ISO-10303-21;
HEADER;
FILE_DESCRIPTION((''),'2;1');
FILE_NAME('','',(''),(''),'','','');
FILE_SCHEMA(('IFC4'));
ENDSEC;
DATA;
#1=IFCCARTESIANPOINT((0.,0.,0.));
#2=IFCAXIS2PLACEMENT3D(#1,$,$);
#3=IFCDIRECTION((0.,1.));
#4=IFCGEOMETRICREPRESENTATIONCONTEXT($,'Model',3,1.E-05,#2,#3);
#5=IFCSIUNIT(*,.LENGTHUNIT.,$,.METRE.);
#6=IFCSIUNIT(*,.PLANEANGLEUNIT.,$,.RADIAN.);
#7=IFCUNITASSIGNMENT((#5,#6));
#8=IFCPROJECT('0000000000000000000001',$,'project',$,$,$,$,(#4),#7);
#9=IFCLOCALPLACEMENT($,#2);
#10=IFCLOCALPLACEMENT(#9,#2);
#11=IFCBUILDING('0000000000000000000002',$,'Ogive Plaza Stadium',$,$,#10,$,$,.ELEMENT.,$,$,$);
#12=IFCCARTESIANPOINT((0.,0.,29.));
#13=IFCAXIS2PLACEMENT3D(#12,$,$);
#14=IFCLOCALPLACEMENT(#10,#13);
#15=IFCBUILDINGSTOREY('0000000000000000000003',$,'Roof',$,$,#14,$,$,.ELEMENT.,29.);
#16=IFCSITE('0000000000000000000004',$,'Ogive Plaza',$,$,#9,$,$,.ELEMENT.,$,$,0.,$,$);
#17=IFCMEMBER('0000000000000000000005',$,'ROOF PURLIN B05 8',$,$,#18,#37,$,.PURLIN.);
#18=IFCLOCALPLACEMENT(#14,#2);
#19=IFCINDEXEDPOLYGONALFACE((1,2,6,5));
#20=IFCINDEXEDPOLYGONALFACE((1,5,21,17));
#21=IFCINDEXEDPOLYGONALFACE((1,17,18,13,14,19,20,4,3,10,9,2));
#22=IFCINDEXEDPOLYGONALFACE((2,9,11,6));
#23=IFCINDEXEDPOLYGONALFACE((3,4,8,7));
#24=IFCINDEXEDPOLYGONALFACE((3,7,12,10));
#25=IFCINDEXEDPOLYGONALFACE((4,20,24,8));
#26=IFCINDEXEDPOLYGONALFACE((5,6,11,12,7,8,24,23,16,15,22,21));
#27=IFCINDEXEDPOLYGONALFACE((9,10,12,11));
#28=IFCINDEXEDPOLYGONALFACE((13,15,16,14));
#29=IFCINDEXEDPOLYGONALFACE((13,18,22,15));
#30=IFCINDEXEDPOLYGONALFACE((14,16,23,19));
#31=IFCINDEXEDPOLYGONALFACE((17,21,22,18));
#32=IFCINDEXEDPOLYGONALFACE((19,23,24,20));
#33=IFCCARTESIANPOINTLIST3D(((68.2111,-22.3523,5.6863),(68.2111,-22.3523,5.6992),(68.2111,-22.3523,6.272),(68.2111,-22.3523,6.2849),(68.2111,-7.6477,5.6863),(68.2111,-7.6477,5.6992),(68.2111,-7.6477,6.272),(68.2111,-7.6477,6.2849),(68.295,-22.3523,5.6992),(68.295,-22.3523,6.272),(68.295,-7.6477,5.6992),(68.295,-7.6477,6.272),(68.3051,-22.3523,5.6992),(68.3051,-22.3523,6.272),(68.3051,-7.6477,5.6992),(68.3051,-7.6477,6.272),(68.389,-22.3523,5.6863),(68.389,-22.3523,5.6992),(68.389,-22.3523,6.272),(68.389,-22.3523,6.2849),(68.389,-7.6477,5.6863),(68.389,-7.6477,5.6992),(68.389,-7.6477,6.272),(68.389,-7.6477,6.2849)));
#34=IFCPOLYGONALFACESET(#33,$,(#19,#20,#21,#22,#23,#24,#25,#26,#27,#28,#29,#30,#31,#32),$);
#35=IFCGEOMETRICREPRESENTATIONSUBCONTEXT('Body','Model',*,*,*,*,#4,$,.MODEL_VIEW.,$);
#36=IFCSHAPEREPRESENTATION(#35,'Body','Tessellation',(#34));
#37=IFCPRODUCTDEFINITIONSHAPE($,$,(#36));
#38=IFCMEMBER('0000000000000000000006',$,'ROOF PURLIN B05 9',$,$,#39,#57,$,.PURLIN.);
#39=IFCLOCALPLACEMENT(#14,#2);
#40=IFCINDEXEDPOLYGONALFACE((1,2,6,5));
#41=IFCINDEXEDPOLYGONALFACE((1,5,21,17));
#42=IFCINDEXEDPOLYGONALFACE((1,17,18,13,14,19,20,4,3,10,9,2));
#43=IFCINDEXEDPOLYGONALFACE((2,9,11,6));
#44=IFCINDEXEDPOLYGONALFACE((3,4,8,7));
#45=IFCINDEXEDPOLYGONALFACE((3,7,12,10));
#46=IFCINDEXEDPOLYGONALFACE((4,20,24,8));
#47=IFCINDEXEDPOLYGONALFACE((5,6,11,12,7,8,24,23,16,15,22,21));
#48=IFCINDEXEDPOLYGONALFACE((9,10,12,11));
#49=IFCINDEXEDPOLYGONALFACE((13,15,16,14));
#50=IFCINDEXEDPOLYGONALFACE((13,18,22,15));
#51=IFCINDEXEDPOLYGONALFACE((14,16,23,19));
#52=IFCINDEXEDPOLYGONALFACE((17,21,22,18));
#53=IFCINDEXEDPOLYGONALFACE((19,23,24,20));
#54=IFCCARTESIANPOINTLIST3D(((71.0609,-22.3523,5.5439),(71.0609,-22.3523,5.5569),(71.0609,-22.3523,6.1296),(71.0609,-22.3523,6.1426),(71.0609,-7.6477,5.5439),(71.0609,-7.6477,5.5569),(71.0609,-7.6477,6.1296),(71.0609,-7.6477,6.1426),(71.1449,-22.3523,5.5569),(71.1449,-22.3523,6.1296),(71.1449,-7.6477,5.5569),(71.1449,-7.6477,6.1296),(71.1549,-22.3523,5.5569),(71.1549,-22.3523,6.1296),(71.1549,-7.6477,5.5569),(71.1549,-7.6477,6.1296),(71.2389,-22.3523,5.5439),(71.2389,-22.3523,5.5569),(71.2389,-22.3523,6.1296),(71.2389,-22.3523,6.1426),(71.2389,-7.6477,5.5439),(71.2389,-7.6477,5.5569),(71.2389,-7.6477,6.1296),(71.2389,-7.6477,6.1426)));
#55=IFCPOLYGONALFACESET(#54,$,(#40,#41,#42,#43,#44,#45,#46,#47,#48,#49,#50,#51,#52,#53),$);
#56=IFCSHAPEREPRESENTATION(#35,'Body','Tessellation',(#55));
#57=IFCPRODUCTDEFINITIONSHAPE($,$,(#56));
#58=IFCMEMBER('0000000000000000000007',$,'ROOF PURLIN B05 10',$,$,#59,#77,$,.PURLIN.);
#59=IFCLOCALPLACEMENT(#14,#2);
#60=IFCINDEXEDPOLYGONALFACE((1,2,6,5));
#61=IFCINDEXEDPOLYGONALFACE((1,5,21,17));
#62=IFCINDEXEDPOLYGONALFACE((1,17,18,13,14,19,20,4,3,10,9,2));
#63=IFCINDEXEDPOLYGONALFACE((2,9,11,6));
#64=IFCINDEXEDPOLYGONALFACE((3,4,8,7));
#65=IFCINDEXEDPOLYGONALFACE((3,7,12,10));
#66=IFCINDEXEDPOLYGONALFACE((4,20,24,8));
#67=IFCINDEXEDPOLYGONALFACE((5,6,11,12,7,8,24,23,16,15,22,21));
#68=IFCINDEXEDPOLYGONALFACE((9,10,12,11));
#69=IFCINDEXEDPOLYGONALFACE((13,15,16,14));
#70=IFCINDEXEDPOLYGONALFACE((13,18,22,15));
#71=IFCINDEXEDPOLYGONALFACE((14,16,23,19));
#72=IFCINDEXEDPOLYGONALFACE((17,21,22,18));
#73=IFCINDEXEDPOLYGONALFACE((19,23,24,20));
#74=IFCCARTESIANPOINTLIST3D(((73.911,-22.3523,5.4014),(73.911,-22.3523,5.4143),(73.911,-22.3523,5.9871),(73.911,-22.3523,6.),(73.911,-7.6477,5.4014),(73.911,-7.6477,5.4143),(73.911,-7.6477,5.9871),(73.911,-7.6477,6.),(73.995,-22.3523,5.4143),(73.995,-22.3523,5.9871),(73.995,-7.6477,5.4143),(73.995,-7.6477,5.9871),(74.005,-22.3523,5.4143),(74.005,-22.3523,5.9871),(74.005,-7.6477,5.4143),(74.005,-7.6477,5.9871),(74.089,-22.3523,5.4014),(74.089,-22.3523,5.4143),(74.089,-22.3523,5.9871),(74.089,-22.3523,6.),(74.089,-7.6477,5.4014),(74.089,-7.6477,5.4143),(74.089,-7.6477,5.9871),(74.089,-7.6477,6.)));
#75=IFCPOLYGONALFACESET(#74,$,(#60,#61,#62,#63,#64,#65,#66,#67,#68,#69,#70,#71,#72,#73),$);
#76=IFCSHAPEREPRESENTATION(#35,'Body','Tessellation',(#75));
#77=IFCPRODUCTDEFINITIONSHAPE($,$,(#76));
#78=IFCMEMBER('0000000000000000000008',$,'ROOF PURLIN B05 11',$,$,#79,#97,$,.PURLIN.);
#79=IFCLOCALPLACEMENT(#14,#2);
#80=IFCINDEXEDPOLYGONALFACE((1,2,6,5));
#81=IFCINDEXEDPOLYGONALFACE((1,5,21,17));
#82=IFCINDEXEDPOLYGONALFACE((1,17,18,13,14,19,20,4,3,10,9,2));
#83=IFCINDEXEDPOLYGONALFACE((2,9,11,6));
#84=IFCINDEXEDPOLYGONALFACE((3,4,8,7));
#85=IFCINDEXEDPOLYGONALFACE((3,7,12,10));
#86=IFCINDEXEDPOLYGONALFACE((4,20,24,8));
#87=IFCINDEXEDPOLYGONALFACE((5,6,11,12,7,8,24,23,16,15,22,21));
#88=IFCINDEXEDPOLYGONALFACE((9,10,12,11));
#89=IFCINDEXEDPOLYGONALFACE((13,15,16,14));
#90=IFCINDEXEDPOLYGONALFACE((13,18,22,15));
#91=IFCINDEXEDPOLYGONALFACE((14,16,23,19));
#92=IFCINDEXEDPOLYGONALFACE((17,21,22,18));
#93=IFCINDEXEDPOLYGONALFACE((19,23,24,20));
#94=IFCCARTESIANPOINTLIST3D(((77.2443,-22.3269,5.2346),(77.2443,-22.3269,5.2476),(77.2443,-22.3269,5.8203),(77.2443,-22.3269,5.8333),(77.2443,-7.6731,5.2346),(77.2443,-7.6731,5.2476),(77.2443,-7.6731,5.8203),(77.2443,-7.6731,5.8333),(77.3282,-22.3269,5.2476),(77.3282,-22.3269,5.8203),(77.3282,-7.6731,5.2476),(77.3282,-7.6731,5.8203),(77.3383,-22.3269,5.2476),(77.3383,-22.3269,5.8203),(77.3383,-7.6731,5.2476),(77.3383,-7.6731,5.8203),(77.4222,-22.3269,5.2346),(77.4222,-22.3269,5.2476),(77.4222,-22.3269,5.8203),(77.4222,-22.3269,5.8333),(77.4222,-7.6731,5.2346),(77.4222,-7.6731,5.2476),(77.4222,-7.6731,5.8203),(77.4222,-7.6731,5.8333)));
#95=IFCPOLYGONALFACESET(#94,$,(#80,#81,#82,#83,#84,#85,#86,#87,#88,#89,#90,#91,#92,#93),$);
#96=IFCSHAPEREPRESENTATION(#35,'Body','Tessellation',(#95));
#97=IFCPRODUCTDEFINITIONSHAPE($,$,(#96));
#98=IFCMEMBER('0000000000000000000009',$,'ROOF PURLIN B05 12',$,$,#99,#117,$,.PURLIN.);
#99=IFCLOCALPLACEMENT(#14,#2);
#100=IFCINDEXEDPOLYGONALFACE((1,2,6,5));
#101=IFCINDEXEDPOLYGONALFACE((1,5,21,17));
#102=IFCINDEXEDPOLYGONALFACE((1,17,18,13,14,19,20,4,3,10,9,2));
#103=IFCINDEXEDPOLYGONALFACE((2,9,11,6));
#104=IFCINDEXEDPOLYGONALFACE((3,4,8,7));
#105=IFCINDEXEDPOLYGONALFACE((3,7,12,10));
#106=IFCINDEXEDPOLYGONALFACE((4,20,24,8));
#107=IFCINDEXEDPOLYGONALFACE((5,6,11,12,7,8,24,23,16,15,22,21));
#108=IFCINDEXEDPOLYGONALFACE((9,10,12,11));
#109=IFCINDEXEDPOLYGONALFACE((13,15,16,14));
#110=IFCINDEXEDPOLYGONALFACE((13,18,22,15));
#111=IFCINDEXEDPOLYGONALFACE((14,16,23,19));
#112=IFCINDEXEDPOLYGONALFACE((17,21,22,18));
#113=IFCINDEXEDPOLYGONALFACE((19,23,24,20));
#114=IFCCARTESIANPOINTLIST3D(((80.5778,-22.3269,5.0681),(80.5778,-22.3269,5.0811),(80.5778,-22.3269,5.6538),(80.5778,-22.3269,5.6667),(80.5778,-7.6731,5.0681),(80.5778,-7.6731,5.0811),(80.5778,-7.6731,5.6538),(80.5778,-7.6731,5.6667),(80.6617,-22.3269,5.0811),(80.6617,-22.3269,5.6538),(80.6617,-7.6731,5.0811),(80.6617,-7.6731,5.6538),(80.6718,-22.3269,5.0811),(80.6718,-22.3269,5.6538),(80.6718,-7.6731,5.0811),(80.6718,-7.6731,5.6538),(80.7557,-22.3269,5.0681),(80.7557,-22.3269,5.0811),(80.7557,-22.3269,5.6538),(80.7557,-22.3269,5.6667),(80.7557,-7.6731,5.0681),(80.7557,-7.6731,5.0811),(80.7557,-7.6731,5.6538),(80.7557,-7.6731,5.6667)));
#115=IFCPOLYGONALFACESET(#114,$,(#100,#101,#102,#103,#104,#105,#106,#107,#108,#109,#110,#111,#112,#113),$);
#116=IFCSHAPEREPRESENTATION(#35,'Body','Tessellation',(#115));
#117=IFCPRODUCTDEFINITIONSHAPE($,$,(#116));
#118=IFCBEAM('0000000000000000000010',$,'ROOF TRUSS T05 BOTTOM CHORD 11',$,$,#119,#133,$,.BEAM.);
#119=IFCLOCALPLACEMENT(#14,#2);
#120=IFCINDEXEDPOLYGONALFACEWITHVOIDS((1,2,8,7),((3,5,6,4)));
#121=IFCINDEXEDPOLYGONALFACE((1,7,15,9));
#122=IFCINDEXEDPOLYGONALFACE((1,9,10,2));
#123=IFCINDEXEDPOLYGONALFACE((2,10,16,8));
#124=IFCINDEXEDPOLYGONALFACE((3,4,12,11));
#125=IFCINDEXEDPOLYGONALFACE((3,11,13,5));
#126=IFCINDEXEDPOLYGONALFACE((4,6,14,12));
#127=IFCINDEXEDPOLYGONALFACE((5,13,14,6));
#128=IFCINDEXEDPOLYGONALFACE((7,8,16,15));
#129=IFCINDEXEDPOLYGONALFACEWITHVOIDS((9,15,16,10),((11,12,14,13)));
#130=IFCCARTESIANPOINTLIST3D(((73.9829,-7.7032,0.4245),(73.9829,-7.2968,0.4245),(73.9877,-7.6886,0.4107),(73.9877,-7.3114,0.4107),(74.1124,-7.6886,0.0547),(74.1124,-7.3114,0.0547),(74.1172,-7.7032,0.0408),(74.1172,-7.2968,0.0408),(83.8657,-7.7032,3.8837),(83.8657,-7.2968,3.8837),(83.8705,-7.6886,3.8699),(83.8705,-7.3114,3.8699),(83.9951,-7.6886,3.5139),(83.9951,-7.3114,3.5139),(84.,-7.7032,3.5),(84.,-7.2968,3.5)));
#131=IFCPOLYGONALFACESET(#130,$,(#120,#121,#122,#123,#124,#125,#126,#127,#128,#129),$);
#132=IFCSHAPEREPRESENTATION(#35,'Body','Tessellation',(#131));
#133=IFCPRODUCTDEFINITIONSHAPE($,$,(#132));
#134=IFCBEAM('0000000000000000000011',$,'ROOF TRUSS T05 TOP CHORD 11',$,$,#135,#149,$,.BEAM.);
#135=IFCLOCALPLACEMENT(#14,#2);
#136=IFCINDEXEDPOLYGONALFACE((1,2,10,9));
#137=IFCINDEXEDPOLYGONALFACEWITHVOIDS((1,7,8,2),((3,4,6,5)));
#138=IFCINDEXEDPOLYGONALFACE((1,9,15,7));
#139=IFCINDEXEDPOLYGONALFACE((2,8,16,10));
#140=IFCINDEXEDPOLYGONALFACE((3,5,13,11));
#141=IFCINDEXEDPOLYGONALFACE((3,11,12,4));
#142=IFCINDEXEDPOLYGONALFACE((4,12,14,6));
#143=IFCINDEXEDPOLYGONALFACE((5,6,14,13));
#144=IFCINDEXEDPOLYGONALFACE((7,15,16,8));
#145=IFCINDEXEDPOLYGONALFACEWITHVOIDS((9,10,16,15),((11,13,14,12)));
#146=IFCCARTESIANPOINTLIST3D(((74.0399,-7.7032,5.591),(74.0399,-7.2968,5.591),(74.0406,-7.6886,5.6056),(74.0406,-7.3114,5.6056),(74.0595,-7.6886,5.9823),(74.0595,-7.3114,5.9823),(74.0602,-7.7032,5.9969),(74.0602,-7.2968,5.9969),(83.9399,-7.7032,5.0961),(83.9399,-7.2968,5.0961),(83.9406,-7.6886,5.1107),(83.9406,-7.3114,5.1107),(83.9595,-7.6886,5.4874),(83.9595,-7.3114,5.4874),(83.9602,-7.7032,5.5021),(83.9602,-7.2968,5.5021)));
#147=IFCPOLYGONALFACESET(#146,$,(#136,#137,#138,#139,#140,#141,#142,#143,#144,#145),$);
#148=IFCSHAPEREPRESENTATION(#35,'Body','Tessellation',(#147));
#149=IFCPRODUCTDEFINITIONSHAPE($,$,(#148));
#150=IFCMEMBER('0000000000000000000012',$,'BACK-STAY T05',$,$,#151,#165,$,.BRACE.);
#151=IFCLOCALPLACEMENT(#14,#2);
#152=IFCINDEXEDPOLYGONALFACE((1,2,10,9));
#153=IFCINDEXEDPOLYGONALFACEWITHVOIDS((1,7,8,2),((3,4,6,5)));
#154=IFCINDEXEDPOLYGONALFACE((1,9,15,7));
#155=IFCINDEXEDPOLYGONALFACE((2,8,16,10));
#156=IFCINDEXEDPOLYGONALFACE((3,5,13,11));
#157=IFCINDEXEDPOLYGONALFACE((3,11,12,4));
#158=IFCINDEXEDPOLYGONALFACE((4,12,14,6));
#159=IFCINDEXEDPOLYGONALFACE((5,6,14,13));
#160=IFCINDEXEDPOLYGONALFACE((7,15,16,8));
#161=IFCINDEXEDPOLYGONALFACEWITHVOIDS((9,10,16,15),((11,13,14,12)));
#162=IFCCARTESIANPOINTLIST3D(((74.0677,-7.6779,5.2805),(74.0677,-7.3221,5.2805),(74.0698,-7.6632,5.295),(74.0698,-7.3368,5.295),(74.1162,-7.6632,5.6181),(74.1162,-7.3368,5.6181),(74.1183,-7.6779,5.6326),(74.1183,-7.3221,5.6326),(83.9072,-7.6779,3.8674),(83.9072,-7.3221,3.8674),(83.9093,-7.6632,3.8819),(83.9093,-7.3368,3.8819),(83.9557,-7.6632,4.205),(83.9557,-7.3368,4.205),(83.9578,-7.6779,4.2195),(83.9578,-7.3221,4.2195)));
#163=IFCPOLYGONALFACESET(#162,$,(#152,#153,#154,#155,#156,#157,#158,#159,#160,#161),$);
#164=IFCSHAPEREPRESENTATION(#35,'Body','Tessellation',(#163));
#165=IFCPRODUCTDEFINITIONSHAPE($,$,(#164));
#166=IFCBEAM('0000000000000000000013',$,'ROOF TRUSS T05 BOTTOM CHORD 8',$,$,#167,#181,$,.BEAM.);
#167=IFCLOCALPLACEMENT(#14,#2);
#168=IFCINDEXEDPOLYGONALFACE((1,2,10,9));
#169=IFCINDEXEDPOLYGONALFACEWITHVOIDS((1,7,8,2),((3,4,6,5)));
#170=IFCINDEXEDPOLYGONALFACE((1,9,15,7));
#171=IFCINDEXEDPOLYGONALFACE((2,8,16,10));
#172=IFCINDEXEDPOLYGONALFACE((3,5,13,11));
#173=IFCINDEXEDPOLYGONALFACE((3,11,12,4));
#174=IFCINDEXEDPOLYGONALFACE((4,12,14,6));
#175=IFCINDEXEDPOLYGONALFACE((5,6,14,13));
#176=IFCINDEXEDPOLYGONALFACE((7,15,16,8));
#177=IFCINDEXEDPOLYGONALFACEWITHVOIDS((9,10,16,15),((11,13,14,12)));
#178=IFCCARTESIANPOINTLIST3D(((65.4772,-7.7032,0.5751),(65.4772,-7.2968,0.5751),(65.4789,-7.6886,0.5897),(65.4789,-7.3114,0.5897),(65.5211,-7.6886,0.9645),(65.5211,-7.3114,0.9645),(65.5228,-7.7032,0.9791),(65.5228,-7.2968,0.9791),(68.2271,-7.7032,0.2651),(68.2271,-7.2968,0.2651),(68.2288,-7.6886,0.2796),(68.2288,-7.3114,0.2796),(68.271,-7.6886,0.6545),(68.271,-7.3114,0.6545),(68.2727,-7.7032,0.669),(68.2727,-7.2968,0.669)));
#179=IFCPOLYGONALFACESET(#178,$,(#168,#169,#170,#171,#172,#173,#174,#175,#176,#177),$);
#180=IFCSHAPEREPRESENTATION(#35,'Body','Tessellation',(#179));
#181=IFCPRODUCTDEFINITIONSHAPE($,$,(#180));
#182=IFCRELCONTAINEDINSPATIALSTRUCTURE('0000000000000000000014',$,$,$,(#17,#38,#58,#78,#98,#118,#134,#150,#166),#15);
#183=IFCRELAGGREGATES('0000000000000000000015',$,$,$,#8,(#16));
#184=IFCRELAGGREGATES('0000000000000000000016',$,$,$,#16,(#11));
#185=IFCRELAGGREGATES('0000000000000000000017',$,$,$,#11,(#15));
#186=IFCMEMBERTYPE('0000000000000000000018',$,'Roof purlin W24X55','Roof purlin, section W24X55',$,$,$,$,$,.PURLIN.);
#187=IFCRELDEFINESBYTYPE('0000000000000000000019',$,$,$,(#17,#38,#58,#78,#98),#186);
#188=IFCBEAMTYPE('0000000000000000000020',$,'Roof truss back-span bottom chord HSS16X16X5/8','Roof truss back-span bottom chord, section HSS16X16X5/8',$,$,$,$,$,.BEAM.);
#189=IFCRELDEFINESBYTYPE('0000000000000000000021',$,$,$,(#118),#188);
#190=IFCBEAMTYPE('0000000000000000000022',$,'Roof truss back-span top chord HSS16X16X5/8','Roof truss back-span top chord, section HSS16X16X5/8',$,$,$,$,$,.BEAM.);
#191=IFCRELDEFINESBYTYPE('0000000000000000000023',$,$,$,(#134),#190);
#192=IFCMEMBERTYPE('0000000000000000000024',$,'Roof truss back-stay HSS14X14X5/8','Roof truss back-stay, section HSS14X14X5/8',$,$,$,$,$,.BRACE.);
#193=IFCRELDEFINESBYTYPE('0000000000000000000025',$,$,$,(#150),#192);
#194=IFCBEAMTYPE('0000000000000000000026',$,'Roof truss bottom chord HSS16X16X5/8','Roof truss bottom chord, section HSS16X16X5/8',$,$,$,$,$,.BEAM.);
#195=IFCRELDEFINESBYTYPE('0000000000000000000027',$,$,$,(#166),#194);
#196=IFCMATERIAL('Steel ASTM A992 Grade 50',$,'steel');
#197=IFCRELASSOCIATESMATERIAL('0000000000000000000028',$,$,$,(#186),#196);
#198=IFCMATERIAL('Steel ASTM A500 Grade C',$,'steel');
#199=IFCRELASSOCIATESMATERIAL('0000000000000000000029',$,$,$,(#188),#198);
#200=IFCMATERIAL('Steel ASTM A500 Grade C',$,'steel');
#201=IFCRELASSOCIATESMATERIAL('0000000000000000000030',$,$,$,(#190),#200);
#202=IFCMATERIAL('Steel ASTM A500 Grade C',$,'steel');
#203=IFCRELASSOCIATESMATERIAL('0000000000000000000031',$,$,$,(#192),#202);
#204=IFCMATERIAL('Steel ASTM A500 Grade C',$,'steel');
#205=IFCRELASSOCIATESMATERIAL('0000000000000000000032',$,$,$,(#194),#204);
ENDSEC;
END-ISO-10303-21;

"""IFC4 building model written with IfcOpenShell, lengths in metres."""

from ifc_helpers import new_model, si_unit, direction, frame, origin, origin_2d, place, context, subcontext, project, spatial, hollow_rectangle, i_section, extrude, material, material_profile, profile_set, type_object, element, save


model = new_model("IFC4")

# Units and contexts
model_context = context("Model", 3, precision=1e-05, world=origin(), true_north=direction((0.0, 1.0)))
body_context = subcontext(model_context, "Body", "Model", "MODEL_VIEW")
ifc_project = project(units=[si_unit("LENGTHUNIT", "METRE"), si_unit("PLANEANGLEUNIT", "RADIAN")], contexts=[model_context])

# Site, building, storey
site_placement = place(None, origin())
site = spatial("IfcSite", under=ifc_project, at=site_placement, Name="Ogive Plaza", CompositionType="ELEMENT", RefElevation=0.0)
building_placement = place(site_placement, origin())
building = spatial("IfcBuilding", under=site, at=building_placement, Name="Ogive Plaza Stadium", CompositionType="ELEMENT")
storey_placement = place(building_placement, frame((0.0, 0.0, 29.0)))
storey = spatial("IfcBuildingStorey", under=building, at=storey_placement, Name="Roof", CompositionType="ELEMENT", Elevation=29.0)

# Members
ifc_material_1 = material(Name="Steel ASTM A992 Grade 50", Category="steel")
ifc_material_profile_1 = material_profile(ifc_material_1, i_section(OverallWidth=0.178, OverallDepth=0.5986, WebThickness=0.01, FlangeThickness=0.0129, at=origin_2d()), Name="W24X55")
ifc_profile_set_1 = profile_set([ifc_material_profile_1], Name="Steel ASTM A992 Grade 50")
member_type_1 = type_object("IfcMemberType", Name="Roof purlin W24X55", Description="Roof purlin, section W24X55", PredefinedType="PURLIN", material=ifc_profile_set_1)
for number, where, z_axis, x_axis, name in (
    (1, (68.3, -7.6477, 5.9856), (0.0, -1.0, 0.0), (1.0, 0.0, 0.0), "ROOF PURLIN B05 8"),
    (2, (71.1499, -7.6477, 5.8433), (0.0, -1.0, 0.0), (1.0, 0.0, 0.0), "ROOF PURLIN B05 9"),
    (3, (74.0, -7.6477, 5.7007), (0.0, -1.0, 0.0), (1.0, 0.0, 0.0), "ROOF PURLIN B05 10"),
):
    element("IfcMember", number, at=place(storey_placement, frame(where, z_axis=z_axis, x_axis=x_axis)), inside=storey, type_object=member_type_1, Name=name, PredefinedType="PURLIN", context=body_context, shape_type="SweptSolid", body=[
        extrude(i_section(OverallWidth=0.178, OverallDepth=0.5986, WebThickness=0.01, FlangeThickness=0.0129, at=origin_2d()), origin(), (0.0, 0.0, 1.0), 14.7046),
    ])
for number, where, z_axis, x_axis, name in (
    (4, (77.3333, -7.6731, 5.5339), (0.0, -1.0, 0.0), (1.0, 0.0, 0.0), "ROOF PURLIN B05 11"),
    (5, (80.6667, -7.6731, 5.3674), (0.0, -1.0, 0.0), (1.0, 0.0, 0.0), "ROOF PURLIN B05 12"),
):
    element("IfcMember", number, at=place(storey_placement, frame(where, z_axis=z_axis, x_axis=x_axis)), inside=storey, type_object=member_type_1, Name=name, PredefinedType="PURLIN", context=body_context, shape_type="SweptSolid", body=[
        extrude(i_section(OverallWidth=0.178, OverallDepth=0.5986, WebThickness=0.01, FlangeThickness=0.0129, at=origin_2d()), origin(), (0.0, 0.0, 1.0), 14.6538),
    ])

# Beams
ifc_material_2 = material(Name="Steel ASTM A500 Grade C", Category="steel")
ifc_material_profile_2 = material_profile(ifc_material_2, hollow_rectangle(XDim=0.4065, YDim=0.4065, WallThickness=0.0146, at=origin_2d()), Name="HSS16X16X5/8")
ifc_profile_set_2 = profile_set([ifc_material_profile_2], Name="Steel ASTM A500 Grade C")
beam_type_1 = type_object("IfcBeamType", Name="Roof truss back-span bottom chord HSS16X16X5/8", Description="Roof truss back-span bottom chord, section HSS16X16X5/8", PredefinedType="BEAM", material=ifc_profile_set_2)
beam_1_placement = place(storey_placement, frame((74.05, -7.5, 0.2327), z_axis=(0.943851, 0.0, 0.330371), x_axis=(0.0, 1.0, 0.0)))
element("IfcBeam", 6, at=beam_1_placement, inside=storey, type_object=beam_type_1, Name="ROOF TRUSS T05 BOTTOM CHORD 11", PredefinedType="BEAM", context=body_context, shape_type="SweptSolid", body=[
    extrude(hollow_rectangle(XDim=0.4065, YDim=0.4065, WallThickness=0.0146, at=origin_2d()), origin(), (0.0, 0.0, 1.0), 10.4707),
])
ifc_material_3 = material(Name="Steel ASTM A500 Grade C", Category="steel")
ifc_material_profile_3 = material_profile(ifc_material_3, hollow_rectangle(XDim=0.4065, YDim=0.4065, WallThickness=0.0146, at=origin_2d()), Name="HSS16X16X5/8")
ifc_profile_set_3 = profile_set([ifc_material_profile_3], Name="Steel ASTM A500 Grade C")
beam_type_2 = type_object("IfcBeamType", Name="Roof truss back-span top chord HSS16X16X5/8", Description="Roof truss back-span top chord, section HSS16X16X5/8", PredefinedType="BEAM", material=ifc_profile_set_3)
beam_2_placement = place(storey_placement, frame((74.05, -7.5, 5.7939), z_axis=(0.998753, 0.0, -0.049925), x_axis=(0.0, 1.0, 0.0)))
element("IfcBeam", 7, at=beam_2_placement, inside=storey, type_object=beam_type_2, Name="ROOF TRUSS T05 TOP CHORD 11", PredefinedType="BEAM", context=body_context, shape_type="SweptSolid", body=[
    extrude(hollow_rectangle(XDim=0.4065, YDim=0.4065, WallThickness=0.0146, at=origin_2d()), origin(), (0.0, 0.0, 1.0), 9.9124),
])

# Member
ifc_material_4 = material(Name="Steel ASTM A500 Grade C", Category="steel")
ifc_material_profile_4 = material_profile(ifc_material_4, hollow_rectangle(XDim=0.3557, YDim=0.3557, WallThickness=0.0146, at=origin_2d()), Name="HSS14X14X5/8")
ifc_profile_set_4 = profile_set([ifc_material_profile_4], Name="Steel ASTM A500 Grade C")
member_type_2 = type_object("IfcMemberType", Name="Roof truss back-stay HSS14X14X5/8", Description="Roof truss back-stay, section HSS14X14X5/8", PredefinedType="BRACE", material=ifc_profile_set_4)
member_1_placement = place(storey_placement, frame((74.093, -7.5, 5.4565), z_axis=(0.989844, 0.0, -0.142157), x_axis=(0.0, 1.0, 0.0)))
element("IfcMember", 8, at=member_1_placement, inside=storey, type_object=member_type_2, Name="BACK-STAY T05", PredefinedType="BRACE", context=body_context, shape_type="SweptSolid", body=[
    extrude(hollow_rectangle(XDim=0.3557, YDim=0.3557, WallThickness=0.0146, at=origin_2d()), origin(), (0.0, 0.0, 1.0), 9.9404),
])

# Beam
ifc_material_5 = material(Name="Steel ASTM A500 Grade C", Category="steel")
ifc_material_profile_5 = material_profile(ifc_material_5, hollow_rectangle(XDim=0.4065, YDim=0.4065, WallThickness=0.0146, at=origin_2d()), Name="HSS16X16X5/8")
ifc_profile_set_5 = profile_set([ifc_material_profile_5], Name="Steel ASTM A500 Grade C")
beam_type_3 = type_object("IfcBeamType", Name="Roof truss bottom chord HSS16X16X5/8", Description="Roof truss bottom chord, section HSS16X16X5/8", PredefinedType="BEAM", material=ifc_profile_set_5)
beam_3_placement = place(storey_placement, frame((65.5, -7.5, 0.7771), z_axis=(0.993704, 0.0, -0.112039), x_axis=(0.0, 1.0, 0.0)))
element("IfcBeam", 9, at=beam_3_placement, inside=storey, type_object=beam_type_3, Name="ROOF TRUSS T05 BOTTOM CHORD 8", PredefinedType="BEAM", context=body_context, shape_type="SweptSolid", body=[
    extrude(hollow_rectangle(XDim=0.4065, YDim=0.4065, WallThickness=0.0146, at=origin_2d()), origin(), (0.0, 0.0, 1.0), 2.7673),
])

save(model, "model.ifc")
